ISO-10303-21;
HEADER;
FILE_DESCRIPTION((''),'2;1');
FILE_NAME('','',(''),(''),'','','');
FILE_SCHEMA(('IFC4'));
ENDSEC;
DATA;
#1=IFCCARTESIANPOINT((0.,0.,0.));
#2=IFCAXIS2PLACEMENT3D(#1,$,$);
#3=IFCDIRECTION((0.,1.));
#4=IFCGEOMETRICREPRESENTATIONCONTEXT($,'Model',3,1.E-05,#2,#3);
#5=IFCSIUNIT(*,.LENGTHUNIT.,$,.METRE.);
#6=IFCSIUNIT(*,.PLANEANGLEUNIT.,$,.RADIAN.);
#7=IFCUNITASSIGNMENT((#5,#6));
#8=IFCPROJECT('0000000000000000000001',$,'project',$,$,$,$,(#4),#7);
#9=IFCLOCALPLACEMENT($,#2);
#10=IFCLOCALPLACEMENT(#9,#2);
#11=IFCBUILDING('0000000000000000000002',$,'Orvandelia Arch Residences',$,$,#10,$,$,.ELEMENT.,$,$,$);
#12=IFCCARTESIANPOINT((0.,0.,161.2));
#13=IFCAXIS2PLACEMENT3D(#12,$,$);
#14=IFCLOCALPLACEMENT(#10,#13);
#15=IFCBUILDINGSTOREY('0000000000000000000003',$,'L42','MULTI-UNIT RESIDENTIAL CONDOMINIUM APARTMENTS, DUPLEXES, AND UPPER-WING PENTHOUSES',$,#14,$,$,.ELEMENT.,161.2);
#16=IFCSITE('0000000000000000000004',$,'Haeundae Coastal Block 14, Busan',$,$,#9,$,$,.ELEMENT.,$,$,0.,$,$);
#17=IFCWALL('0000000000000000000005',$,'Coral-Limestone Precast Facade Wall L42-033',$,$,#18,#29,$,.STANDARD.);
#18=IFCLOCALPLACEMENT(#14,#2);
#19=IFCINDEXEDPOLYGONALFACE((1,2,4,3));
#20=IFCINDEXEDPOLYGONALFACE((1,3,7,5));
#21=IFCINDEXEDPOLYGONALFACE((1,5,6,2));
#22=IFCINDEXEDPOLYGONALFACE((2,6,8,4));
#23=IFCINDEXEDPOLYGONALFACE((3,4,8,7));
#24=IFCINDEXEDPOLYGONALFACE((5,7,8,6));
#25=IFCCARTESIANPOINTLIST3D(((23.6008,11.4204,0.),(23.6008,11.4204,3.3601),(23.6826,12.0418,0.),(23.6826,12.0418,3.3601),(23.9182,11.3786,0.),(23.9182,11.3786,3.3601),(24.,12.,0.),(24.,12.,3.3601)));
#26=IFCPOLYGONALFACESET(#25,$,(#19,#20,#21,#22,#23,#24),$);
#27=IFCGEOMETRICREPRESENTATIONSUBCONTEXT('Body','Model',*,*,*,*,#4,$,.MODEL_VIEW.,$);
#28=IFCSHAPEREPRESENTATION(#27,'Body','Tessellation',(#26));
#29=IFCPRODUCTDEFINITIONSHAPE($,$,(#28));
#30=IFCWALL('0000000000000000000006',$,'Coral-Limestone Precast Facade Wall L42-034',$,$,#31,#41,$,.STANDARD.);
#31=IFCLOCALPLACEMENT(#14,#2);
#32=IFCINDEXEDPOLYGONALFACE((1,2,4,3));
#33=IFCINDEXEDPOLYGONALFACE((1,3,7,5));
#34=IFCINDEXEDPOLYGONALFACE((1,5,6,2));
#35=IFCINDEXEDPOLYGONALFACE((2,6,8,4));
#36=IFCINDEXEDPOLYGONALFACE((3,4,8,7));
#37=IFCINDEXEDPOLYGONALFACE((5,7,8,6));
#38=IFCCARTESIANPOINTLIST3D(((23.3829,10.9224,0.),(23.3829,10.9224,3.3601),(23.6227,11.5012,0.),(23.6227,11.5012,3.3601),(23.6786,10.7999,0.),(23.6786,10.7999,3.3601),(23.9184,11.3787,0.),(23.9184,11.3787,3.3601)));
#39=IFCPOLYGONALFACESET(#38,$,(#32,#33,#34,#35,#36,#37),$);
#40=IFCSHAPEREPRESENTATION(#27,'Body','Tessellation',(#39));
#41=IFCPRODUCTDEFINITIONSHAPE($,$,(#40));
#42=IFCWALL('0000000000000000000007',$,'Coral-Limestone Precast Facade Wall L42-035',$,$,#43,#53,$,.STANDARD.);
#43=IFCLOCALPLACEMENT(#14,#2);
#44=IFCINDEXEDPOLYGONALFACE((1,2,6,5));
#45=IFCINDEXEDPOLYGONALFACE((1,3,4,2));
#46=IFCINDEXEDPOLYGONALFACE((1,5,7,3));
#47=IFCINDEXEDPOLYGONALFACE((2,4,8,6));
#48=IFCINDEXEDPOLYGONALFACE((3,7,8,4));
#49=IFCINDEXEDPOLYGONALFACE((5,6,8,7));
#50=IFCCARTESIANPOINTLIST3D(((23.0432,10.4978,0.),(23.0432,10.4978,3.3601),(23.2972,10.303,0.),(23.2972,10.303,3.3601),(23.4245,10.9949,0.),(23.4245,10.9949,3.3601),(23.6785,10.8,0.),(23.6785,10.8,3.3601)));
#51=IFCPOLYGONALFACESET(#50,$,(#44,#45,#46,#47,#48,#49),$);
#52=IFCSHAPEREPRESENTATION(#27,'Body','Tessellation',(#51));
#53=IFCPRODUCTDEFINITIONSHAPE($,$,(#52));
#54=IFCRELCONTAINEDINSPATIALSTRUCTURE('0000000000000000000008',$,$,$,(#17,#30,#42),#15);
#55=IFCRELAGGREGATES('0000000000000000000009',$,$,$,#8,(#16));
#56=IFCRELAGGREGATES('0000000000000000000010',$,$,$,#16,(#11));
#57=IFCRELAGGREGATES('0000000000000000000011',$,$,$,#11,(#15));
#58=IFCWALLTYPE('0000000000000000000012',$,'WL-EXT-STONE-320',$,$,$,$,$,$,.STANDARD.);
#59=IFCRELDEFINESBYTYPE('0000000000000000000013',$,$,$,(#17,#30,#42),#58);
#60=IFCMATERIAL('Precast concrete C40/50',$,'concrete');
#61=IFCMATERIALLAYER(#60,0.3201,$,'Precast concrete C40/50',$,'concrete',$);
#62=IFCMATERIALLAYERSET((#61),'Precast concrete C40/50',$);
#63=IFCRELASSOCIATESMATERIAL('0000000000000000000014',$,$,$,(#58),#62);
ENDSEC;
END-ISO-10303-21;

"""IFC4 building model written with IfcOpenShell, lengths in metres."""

from ifc_helpers import new_model, si_unit, direction, frame, frame_2d, origin, place, context, subcontext, project, spatial, rectangle, extrude, material, layer, layer_set, type_object, element, save


model = new_model("IFC4")

# Units and contexts
model_context = context("Model", 3, precision=1e-05, world=origin(), true_north=direction((0.0, 1.0)))
body_context = subcontext(model_context, "Body", "Model", "MODEL_VIEW")
ifc_project = project(units=[si_unit("LENGTHUNIT", "METRE"), si_unit("PLANEANGLEUNIT", "RADIAN")], contexts=[model_context])

# Site, building, storey
site_placement = place(None, origin())
site = spatial("IfcSite", under=ifc_project, at=site_placement, Name="Haeundae Coastal Block 14, Busan", CompositionType="ELEMENT", RefElevation=0.0)
building_placement = place(site_placement, origin())
building = spatial("IfcBuilding", under=site, at=building_placement, Name="Orvandelia Arch Residences", CompositionType="ELEMENT")
storey_placement = place(building_placement, frame((0.0, 0.0, 161.2)))
storey = spatial("IfcBuildingStorey", under=building, at=storey_placement, Name="L42", Description="MULTI-UNIT RESIDENTIAL CONDOMINIUM APARTMENTS, DUPLEXES, AND UPPER-WING PENTHOUSES", CompositionType="ELEMENT", Elevation=161.2)

# Shared definitions
ifc_material_1 = material(Name="Precast concrete C40/50", Category="concrete")
ifc_layer = layer(ifc_material_1, 0.3201, Name="Precast concrete C40/50", Category="concrete")
ifc_layer_set = layer_set([ifc_layer], Name="Precast concrete C40/50")
wall_type = type_object("IfcWallType", Name="WL-EXT-STONE-320", PredefinedType="STANDARD", material=ifc_layer_set)

# Walls
wall_1_placement = place(storey_placement, frame((23.8413, 12.021, 0.0), z_axis=(0.0, 0.0, 1.0), x_axis=(-0.130505, -0.991448, 0.0)))
element("IfcWall", 1, at=wall_1_placement, inside=storey, type_object=wall_type, Name="Coral-Limestone Precast Facade Wall L42-033", PredefinedType="STANDARD", context=body_context, shape_type="SweptSolid", body=[
    extrude(rectangle(XDim=0.6267, YDim=0.3201, at=frame_2d((0.3135, 0.0))), origin(), (0.0, 0.0, 1.0), 3.3601),
])
for number, where, z_axis, x_axis, name in (
    (2, (23.7705, 11.4399, 0.0), (0.0, 0.0, 1.0), (-0.38265, -0.923893, 0.0), "Coral-Limestone Precast Facade Wall L42-034"),
    (3, (23.5515, 10.8975, 0.0), (0.0, 0.0, 1.0), (-0.608693, -0.793406, 0.0), "Coral-Limestone Precast Facade Wall L42-035"),
):
    element("IfcWall", number, at=place(storey_placement, frame(where, z_axis=z_axis, x_axis=x_axis)), inside=storey, type_object=wall_type, Name=name, PredefinedType="STANDARD", context=body_context, shape_type="SweptSolid", body=[
        extrude(rectangle(XDim=0.6265, YDim=0.3201, at=frame_2d((0.3132, 0.0))), origin(), (0.0, 0.0, 1.0), 3.3601),
    ])

save(model, "model.ifc")
